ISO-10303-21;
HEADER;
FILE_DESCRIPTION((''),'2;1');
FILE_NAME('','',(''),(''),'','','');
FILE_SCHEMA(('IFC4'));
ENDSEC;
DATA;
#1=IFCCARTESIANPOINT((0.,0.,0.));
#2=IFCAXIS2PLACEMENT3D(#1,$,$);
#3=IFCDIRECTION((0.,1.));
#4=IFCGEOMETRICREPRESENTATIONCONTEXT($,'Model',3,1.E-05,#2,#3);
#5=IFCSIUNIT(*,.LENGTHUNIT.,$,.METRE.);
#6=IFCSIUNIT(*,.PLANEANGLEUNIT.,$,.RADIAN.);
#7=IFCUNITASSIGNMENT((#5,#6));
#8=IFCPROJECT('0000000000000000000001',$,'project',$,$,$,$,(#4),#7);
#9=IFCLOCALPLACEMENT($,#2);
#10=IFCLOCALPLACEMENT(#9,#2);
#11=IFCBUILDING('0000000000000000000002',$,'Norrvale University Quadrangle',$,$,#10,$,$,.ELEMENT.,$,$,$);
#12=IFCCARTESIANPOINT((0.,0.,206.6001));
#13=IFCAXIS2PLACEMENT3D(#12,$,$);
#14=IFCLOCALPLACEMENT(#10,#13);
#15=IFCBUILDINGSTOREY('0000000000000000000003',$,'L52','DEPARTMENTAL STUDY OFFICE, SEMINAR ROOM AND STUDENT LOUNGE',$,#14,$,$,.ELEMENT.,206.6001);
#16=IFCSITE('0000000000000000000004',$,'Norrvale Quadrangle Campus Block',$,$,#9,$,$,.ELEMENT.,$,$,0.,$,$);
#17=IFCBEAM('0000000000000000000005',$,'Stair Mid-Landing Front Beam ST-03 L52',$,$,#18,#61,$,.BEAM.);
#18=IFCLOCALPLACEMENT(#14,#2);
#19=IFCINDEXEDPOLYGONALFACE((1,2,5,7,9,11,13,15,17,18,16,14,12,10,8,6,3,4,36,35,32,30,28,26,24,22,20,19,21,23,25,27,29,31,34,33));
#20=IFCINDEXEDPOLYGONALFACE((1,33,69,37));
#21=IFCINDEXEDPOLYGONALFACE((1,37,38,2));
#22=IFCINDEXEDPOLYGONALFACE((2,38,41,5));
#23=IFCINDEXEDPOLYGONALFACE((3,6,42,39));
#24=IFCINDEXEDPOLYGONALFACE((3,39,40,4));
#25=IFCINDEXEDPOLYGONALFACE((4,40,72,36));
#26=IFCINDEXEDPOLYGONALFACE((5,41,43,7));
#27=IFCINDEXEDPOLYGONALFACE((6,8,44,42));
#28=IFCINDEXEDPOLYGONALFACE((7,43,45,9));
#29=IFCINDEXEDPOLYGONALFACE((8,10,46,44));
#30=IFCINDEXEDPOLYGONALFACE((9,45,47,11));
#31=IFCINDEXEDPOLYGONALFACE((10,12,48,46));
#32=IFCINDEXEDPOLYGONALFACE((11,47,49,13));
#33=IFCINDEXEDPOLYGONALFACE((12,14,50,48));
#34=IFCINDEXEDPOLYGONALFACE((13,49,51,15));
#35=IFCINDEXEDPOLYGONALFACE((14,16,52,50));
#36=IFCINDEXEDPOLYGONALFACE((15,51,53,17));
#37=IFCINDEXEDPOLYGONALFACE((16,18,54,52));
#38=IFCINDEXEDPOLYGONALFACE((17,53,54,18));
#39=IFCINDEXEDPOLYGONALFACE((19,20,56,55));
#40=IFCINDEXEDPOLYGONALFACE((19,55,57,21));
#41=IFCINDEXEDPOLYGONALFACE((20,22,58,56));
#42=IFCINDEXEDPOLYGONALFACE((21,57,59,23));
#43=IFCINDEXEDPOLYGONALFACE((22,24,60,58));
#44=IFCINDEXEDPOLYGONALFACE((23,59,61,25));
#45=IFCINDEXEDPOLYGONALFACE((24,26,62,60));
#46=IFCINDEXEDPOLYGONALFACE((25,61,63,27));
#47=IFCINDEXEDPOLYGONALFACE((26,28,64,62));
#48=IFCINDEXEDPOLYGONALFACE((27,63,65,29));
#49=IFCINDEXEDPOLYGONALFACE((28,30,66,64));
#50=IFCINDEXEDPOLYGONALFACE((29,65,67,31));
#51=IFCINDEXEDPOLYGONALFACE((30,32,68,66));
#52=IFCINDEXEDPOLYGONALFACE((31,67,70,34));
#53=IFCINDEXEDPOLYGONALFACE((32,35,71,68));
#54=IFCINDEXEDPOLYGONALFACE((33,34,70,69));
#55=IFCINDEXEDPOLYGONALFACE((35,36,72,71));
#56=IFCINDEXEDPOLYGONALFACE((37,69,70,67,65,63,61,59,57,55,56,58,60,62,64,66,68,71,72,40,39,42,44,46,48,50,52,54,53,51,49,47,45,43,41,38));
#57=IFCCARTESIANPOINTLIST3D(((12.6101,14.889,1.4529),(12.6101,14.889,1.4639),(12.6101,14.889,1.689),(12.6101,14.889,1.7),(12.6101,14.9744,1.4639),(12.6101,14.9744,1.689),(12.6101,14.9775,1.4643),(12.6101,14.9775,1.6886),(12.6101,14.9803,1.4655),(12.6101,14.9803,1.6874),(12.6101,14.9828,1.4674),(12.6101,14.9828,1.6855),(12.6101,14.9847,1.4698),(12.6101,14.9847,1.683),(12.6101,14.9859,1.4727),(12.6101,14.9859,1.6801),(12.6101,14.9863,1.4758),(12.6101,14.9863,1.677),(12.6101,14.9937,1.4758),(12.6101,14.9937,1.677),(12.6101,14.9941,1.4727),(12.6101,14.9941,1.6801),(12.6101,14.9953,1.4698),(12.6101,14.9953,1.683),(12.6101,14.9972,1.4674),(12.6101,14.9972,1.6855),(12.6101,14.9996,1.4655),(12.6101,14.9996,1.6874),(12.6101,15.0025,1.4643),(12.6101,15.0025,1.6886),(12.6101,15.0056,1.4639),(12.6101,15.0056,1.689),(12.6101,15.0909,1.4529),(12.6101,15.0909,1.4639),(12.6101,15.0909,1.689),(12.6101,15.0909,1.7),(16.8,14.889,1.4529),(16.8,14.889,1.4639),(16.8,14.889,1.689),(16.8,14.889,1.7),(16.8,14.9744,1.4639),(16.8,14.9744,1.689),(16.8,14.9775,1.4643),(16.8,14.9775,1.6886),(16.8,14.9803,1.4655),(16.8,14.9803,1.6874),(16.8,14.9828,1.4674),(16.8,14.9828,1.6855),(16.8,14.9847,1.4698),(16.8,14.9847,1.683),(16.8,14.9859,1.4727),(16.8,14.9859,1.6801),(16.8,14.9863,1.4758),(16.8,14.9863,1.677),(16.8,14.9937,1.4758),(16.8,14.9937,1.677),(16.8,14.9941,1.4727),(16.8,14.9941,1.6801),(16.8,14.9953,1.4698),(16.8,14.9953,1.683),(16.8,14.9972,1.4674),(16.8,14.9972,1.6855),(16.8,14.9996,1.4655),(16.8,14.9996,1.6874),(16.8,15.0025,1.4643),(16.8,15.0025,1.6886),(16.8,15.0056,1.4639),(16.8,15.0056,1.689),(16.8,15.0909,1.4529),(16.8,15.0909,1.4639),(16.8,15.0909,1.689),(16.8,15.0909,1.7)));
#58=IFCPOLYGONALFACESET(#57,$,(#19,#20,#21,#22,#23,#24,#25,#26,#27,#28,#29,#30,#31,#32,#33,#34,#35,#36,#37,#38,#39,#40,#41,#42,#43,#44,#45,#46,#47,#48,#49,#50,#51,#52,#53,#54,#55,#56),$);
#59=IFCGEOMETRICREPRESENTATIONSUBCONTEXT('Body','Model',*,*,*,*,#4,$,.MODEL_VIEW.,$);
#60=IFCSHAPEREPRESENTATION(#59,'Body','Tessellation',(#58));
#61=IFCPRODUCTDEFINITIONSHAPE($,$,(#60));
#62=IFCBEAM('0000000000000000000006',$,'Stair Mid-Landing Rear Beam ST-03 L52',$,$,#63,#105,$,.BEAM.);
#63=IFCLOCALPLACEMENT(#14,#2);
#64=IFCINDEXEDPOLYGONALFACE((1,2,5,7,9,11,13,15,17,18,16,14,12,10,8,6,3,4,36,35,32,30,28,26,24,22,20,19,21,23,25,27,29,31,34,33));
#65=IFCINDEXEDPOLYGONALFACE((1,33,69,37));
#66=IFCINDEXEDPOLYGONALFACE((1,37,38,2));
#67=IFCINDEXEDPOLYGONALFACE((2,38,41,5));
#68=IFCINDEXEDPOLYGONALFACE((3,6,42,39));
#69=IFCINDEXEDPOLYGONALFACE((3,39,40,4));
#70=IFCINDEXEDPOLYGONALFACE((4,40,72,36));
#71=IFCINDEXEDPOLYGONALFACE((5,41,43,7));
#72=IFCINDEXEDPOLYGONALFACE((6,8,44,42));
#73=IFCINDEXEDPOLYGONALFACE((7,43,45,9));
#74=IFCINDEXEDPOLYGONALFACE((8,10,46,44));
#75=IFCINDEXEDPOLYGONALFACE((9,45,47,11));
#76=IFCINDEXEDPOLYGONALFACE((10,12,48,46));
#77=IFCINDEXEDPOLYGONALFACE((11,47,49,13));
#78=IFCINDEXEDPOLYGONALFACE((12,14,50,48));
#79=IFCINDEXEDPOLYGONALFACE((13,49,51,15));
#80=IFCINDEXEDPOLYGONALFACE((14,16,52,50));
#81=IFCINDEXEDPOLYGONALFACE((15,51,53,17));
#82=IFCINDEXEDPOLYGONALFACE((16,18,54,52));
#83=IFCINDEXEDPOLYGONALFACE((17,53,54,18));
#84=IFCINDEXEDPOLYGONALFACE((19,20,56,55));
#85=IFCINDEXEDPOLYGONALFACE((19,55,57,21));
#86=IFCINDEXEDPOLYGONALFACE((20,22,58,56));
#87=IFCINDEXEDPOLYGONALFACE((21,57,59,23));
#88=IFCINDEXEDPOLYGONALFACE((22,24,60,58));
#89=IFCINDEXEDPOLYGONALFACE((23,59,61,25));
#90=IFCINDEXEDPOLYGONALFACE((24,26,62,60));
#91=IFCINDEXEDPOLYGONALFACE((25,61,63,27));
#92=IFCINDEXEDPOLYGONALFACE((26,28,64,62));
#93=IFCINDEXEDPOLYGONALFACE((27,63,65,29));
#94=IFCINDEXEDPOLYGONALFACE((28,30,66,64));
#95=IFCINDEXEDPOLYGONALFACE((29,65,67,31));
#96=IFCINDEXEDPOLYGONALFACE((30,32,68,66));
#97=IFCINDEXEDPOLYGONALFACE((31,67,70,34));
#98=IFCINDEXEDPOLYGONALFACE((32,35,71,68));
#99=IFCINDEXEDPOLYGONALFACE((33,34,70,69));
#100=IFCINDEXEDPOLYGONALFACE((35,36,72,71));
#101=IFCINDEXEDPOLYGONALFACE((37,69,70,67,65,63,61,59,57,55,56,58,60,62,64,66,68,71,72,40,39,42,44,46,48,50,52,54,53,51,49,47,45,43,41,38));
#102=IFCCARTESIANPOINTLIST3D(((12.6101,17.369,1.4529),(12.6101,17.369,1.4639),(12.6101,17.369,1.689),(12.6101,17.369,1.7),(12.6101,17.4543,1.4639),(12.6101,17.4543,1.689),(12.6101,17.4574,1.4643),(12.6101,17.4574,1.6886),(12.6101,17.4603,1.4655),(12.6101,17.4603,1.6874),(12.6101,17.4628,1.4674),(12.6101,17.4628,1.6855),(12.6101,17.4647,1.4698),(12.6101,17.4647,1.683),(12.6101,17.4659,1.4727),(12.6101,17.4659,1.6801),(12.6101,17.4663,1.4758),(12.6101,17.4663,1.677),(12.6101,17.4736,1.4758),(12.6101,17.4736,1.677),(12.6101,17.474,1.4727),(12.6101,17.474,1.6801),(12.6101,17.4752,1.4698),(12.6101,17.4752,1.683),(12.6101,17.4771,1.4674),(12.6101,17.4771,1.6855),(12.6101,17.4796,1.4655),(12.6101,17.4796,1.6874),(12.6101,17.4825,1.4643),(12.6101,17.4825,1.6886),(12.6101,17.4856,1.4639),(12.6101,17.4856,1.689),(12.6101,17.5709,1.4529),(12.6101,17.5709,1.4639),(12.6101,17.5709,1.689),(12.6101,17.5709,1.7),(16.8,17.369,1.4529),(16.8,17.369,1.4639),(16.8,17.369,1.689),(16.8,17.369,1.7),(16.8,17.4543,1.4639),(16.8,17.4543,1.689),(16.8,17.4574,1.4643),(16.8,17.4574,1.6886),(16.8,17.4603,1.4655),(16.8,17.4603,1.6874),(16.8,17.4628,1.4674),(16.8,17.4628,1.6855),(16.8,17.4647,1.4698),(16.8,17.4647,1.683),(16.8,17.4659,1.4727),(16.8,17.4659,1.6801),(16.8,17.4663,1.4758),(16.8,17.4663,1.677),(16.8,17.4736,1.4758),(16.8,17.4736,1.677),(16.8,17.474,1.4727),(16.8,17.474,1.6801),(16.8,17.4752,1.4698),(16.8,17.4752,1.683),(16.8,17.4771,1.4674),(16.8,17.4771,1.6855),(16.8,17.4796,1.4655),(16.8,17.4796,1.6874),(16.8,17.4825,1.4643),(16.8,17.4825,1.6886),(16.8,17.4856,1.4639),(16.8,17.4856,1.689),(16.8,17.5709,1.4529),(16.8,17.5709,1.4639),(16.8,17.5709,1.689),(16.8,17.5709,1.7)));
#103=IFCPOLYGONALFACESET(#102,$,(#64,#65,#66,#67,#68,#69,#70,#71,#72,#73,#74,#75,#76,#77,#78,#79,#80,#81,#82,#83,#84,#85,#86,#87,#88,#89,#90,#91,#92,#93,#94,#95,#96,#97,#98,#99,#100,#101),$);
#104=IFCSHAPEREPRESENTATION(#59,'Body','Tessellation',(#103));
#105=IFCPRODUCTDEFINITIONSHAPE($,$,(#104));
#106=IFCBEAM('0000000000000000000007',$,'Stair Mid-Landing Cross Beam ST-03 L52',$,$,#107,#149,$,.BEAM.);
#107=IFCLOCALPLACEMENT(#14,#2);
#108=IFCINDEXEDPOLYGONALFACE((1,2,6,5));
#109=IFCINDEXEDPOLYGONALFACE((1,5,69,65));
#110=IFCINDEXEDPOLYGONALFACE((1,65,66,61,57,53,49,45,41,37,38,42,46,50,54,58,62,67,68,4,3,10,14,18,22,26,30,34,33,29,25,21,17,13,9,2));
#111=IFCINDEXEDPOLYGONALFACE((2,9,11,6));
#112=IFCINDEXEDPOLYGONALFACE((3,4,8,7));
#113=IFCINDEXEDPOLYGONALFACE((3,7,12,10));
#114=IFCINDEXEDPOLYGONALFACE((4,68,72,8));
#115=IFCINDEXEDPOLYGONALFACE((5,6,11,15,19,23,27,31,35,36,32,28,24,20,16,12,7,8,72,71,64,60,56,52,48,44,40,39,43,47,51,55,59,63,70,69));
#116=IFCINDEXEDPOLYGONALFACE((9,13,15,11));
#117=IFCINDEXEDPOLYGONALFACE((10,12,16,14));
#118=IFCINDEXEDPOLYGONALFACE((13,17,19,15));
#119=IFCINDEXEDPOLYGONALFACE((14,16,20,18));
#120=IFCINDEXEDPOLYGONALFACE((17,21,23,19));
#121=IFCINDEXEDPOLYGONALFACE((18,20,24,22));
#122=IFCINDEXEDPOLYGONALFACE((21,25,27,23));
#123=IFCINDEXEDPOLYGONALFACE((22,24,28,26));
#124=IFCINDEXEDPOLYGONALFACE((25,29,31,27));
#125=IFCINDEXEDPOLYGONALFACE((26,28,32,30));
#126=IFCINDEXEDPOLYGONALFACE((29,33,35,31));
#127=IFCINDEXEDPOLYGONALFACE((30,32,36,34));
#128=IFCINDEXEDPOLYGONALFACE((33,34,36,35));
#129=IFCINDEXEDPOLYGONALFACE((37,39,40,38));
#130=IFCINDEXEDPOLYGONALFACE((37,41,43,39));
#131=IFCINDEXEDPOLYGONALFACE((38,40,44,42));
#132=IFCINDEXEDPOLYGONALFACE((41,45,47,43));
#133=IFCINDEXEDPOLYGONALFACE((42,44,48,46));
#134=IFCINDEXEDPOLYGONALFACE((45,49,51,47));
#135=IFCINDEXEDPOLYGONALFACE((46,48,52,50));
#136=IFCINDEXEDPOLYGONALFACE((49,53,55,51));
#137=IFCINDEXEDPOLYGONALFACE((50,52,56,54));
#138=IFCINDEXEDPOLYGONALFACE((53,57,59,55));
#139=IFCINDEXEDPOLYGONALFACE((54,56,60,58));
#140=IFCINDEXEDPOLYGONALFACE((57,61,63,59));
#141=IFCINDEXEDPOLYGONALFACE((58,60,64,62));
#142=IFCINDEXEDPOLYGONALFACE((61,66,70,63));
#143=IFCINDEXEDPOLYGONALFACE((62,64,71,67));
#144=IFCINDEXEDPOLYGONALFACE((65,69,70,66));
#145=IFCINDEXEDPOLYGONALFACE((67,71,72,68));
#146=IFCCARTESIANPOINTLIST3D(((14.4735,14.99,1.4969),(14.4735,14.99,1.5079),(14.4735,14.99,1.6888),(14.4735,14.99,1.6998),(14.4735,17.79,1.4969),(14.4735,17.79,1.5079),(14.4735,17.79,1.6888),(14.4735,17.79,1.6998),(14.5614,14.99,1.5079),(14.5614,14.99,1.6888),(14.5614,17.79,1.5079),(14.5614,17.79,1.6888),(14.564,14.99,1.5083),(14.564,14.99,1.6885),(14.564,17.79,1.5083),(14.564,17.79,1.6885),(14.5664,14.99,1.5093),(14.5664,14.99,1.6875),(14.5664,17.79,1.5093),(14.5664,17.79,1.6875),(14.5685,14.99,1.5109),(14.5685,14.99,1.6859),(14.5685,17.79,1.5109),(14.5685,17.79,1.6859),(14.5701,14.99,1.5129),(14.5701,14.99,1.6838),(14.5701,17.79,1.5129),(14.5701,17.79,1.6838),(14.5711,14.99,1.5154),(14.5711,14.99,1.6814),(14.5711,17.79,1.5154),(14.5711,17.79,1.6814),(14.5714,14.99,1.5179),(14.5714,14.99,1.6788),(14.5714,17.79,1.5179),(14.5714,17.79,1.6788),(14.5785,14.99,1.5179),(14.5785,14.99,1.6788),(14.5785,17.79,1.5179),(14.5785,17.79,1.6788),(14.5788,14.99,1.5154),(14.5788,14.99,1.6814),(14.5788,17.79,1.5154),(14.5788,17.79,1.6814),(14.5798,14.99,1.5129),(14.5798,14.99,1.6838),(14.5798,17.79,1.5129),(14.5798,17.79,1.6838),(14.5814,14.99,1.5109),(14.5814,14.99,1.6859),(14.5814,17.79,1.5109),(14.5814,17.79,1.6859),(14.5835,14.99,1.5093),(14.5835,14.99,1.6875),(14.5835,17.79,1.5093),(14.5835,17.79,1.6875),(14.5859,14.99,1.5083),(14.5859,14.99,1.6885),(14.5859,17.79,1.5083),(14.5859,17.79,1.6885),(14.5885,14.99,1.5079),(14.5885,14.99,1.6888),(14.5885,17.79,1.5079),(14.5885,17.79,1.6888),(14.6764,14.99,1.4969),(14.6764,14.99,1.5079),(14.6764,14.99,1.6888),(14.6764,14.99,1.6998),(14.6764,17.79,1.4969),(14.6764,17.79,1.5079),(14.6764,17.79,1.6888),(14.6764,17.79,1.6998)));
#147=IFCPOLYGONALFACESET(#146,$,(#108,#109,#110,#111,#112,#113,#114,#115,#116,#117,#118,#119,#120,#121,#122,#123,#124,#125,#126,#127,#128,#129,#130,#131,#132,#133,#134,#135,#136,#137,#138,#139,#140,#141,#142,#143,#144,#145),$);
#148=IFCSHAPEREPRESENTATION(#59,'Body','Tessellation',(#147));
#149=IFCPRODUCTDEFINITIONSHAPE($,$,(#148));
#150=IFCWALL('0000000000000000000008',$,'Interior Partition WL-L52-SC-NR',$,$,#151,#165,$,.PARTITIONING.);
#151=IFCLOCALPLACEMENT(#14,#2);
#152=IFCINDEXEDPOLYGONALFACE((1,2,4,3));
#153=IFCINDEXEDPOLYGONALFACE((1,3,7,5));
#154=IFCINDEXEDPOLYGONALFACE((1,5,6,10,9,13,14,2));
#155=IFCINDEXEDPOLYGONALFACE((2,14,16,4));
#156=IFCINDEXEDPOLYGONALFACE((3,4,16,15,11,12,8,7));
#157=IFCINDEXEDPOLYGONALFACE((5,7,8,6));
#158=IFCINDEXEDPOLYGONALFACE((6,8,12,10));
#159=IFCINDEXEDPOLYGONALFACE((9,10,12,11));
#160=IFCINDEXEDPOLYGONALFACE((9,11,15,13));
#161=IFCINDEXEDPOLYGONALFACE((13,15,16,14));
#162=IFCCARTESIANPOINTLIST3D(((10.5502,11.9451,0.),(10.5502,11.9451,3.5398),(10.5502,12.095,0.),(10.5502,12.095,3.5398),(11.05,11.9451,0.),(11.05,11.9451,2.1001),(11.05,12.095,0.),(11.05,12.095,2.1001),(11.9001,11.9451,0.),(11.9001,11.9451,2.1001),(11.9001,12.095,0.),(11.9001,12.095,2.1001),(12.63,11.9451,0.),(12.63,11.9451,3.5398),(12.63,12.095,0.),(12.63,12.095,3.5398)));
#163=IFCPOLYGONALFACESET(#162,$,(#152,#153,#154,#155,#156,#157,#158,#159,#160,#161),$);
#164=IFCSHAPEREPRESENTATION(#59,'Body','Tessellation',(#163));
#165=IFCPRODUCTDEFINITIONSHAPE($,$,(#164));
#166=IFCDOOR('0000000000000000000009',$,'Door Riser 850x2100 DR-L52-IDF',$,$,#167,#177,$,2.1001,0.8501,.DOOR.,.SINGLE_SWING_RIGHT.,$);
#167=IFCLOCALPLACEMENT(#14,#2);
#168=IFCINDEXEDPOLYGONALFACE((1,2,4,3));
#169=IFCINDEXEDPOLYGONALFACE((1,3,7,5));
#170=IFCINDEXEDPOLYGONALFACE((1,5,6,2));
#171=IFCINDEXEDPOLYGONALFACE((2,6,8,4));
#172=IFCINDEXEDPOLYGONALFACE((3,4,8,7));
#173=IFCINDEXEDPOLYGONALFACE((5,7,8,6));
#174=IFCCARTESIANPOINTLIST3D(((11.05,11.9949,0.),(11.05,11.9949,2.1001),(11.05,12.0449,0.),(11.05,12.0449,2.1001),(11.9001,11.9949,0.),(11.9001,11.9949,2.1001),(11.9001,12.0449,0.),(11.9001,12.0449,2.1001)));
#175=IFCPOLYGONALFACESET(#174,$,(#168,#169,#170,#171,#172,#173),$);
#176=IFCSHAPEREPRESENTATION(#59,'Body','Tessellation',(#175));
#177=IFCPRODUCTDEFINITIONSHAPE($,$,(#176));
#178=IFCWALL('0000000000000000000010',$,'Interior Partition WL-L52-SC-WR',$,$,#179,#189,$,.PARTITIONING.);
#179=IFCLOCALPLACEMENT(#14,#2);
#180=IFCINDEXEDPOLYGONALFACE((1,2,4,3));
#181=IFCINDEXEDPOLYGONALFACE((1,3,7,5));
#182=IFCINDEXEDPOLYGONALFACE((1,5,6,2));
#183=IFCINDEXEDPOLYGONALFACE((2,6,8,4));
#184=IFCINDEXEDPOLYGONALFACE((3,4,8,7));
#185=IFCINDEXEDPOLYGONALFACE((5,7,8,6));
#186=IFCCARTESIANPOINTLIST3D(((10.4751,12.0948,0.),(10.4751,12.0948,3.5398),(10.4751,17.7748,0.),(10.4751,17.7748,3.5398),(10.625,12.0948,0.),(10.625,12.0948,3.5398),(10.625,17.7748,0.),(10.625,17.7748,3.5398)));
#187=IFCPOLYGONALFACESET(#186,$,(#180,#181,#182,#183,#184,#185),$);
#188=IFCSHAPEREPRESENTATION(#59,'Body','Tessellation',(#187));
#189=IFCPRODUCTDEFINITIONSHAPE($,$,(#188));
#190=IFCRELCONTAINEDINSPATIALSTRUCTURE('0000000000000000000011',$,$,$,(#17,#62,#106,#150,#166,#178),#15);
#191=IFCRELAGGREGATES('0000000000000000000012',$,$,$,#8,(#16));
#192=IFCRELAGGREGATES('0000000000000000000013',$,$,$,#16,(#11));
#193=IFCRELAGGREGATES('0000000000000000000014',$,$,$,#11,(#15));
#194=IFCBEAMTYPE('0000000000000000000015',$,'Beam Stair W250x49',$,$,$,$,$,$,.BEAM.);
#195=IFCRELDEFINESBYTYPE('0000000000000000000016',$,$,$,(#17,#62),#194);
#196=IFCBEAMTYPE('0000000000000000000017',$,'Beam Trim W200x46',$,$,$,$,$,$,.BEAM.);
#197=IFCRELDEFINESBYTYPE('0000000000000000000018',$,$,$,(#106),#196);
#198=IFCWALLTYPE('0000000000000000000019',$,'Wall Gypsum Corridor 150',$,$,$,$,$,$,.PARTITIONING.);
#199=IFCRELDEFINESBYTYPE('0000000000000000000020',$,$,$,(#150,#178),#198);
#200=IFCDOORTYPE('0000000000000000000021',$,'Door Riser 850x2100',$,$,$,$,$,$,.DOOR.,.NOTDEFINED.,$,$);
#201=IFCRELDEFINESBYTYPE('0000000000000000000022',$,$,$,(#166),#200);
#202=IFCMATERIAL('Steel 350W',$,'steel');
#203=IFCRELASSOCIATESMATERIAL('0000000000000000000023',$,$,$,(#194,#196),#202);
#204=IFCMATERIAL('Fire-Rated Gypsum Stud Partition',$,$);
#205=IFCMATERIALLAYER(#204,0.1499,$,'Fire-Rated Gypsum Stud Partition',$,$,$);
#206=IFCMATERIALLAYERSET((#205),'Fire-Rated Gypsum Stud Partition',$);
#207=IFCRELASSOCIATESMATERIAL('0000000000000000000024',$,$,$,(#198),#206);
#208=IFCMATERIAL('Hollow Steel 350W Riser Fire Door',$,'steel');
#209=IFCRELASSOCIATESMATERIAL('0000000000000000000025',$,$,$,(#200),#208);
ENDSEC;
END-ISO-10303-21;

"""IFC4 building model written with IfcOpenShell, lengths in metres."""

from ifc_helpers import new_model, si_unit, direction, frame, frame_2d, origin, origin_2d, place, context, subcontext, project, spatial, rectangle, i_section, extrude, material, layer, layer_set, material_profile, profile_set, type_object, element, fill, save


model = new_model("IFC4")

# Units and contexts
model_context = context("Model", 3, precision=1e-05, world=origin(), true_north=direction((0.0, 1.0)))
body_context = subcontext(model_context, "Body", "Model", "MODEL_VIEW")
ifc_project = project(units=[si_unit("LENGTHUNIT", "METRE"), si_unit("PLANEANGLEUNIT", "RADIAN")], contexts=[model_context])

# Site, building, storey
site_placement = place(None, origin())
site = spatial("IfcSite", under=ifc_project, at=site_placement, Name="Norrvale Quadrangle Campus Block", CompositionType="ELEMENT", RefElevation=0.0)
building_placement = place(site_placement, origin())
building = spatial("IfcBuilding", under=site, at=building_placement, Name="Norrvale University Quadrangle", CompositionType="ELEMENT")
storey_placement = place(building_placement, frame((0.0, 0.0, 206.6001)))
storey = spatial("IfcBuildingStorey", under=building, at=storey_placement, Name="L52", Description="DEPARTMENTAL STUDY OFFICE, SEMINAR ROOM AND STUDENT LOUNGE", CompositionType="ELEMENT", Elevation=206.6001)

# Beams
ifc_material_1 = material(Name="Steel 350W", Category="steel")
ifc_material_profile_1 = material_profile(ifc_material_1, i_section(OverallWidth=0.2019, OverallDepth=0.2471, WebThickness=0.0073, FlangeThickness=0.011, FilletRadius=0.012, at=origin_2d()), Name="Steel 350W")
ifc_profile_set_1 = profile_set([ifc_material_profile_1], Name="Steel 350W")
beam_type_1 = type_object("IfcBeamType", Name="Beam Stair W250x49", PredefinedType="BEAM", material=ifc_profile_set_1)
for number, where, z_axis, x_axis, name in (
    (1, (12.6101, 14.99, 1.5764), (1.0, 0.0, 0.0), (0.0, 1.0, 0.0), "Stair Mid-Landing Front Beam ST-03 L52"),
    (2, (12.6101, 17.47, 1.5764), (1.0, 0.0, 0.0), (0.0, 1.0, 0.0), "Stair Mid-Landing Rear Beam ST-03 L52"),
):
    element("IfcBeam", number, at=place(storey_placement, frame(where, z_axis=z_axis, x_axis=x_axis)), inside=storey, type_object=beam_type_1, Name=name, PredefinedType="BEAM", context=body_context, shape_type="SweptSolid", body=[
        extrude(i_section(OverallWidth=0.2019, OverallDepth=0.2471, WebThickness=0.0073, FlangeThickness=0.011, FilletRadius=0.012, at=origin_2d()), origin(), (0.0, 0.0, 1.0), 4.1899),
    ])
ifc_material_profile_2 = material_profile(ifc_material_1, i_section(OverallWidth=0.2029, OverallDepth=0.2029, WebThickness=0.0071, FlangeThickness=0.011, FilletRadius=0.01, at=origin_2d()), Name="Steel 350W")
ifc_profile_set_2 = profile_set([ifc_material_profile_2], Name="Steel 350W")
beam_type_2 = type_object("IfcBeamType", Name="Beam Trim W200x46", PredefinedType="BEAM", material=ifc_profile_set_2)
beam_placement = place(storey_placement, frame((14.575, 14.99, 1.5984), z_axis=(0.0, 1.0, 0.0), x_axis=(-1.0, 0.0, 0.0)))
element("IfcBeam", 3, at=beam_placement, inside=storey, type_object=beam_type_2, Name="Stair Mid-Landing Cross Beam ST-03 L52", PredefinedType="BEAM", context=body_context, shape_type="SweptSolid", body=[
    extrude(i_section(OverallWidth=0.2029, OverallDepth=0.2029, WebThickness=0.0071, FlangeThickness=0.011, FilletRadius=0.01, at=origin_2d()), origin(), (0.0, 0.0, 1.0), 2.8),
])

# Wall, opening, door
ifc_material_2 = material(Name="Fire-Rated Gypsum Stud Partition")
ifc_layer_1 = layer(ifc_material_2, 0.1499, Name="Fire-Rated Gypsum Stud Partition")
ifc_layer_set_1 = layer_set([ifc_layer_1], Name="Fire-Rated Gypsum Stud Partition")
wall_type_1 = type_object("IfcWallType", Name="Wall Gypsum Corridor 150", PredefinedType="PARTITIONING", material=ifc_layer_set_1)
wall_1_placement = place(storey_placement, frame((10.55, 12.02, 0.0), z_axis=(0.0, 0.0, 1.0), x_axis=(1.0, 0.0, 0.0)))
wall_1 = element("IfcWall", 4, at=wall_1_placement, inside=storey, type_object=wall_type_1, Name="Interior Partition WL-L52-SC-NR", PredefinedType="PARTITIONING", context=body_context, shape_type="SweptSolid", body=[
    extrude(rectangle(XDim=2.0798, YDim=0.1499, at=frame_2d((1.04, 0.0))), origin(), (0.0, 0.0, 1.0), 3.5398),
])
opening_1_placement = place(wall_1_placement, frame((0.5, 0.0, 0.0)))
opening_1 = element("IfcOpeningElement", 5, at=opening_1_placement, cuts=wall_1, PredefinedType="OPENING", context=body_context, shape_type="SweptSolid", body=[
    extrude(rectangle(XDim=0.8501, YDim=2.1001, at=frame_2d((0.425, 1.05))), frame((0.0, 0.0869, 0.0), z_axis=(0.0, -1.0, 0.0), x_axis=(1.0, 0.0, 0.0)), (0.0, 0.0, 1.0), 0.1738),
])
ifc_material_3 = material(Name="Hollow Steel 350W Riser Fire Door", Category="steel")
door_type_1 = type_object("IfcDoorType", Name="Door Riser 850x2100", OperationType="NOTDEFINED", PredefinedType="DOOR", material=ifc_material_3)
door_1_placement = place(opening_1_placement, origin())
door_1 = element("IfcDoor", 6, at=door_1_placement, inside=storey, type_object=door_type_1, Name="Door Riser 850x2100 DR-L52-IDF", OperationType="SINGLE_SWING_RIGHT", OverallHeight=2.1001, OverallWidth=0.8501, PredefinedType="DOOR", context=body_context, shape_type="SweptSolid", body=[
    extrude(rectangle(XDim=0.8501, YDim=2.1001, at=frame_2d((0.425, 1.05))), frame((0.0, 0.0249, 0.0), z_axis=(0.0, -1.0, 0.0), x_axis=(1.0, 0.0, 0.0)), (0.0, 0.0, 1.0), 0.05),
])
fill(opening_1, door_1)

# Wall
wall_2_placement = place(storey_placement, frame((10.55, 12.095, 0.0), z_axis=(0.0, 0.0, 1.0), x_axis=(0.0, 1.0, 0.0)))
element("IfcWall", 7, at=wall_2_placement, inside=storey, type_object=wall_type_1, Name="Interior Partition WL-L52-SC-WR", PredefinedType="PARTITIONING", context=body_context, shape_type="SweptSolid", body=[
    extrude(rectangle(XDim=5.6799, YDim=0.1499, at=frame_2d((2.8398, 0.0))), origin(), (0.0, 0.0, 1.0), 3.5398),
])

save(model, "model.ifc")
